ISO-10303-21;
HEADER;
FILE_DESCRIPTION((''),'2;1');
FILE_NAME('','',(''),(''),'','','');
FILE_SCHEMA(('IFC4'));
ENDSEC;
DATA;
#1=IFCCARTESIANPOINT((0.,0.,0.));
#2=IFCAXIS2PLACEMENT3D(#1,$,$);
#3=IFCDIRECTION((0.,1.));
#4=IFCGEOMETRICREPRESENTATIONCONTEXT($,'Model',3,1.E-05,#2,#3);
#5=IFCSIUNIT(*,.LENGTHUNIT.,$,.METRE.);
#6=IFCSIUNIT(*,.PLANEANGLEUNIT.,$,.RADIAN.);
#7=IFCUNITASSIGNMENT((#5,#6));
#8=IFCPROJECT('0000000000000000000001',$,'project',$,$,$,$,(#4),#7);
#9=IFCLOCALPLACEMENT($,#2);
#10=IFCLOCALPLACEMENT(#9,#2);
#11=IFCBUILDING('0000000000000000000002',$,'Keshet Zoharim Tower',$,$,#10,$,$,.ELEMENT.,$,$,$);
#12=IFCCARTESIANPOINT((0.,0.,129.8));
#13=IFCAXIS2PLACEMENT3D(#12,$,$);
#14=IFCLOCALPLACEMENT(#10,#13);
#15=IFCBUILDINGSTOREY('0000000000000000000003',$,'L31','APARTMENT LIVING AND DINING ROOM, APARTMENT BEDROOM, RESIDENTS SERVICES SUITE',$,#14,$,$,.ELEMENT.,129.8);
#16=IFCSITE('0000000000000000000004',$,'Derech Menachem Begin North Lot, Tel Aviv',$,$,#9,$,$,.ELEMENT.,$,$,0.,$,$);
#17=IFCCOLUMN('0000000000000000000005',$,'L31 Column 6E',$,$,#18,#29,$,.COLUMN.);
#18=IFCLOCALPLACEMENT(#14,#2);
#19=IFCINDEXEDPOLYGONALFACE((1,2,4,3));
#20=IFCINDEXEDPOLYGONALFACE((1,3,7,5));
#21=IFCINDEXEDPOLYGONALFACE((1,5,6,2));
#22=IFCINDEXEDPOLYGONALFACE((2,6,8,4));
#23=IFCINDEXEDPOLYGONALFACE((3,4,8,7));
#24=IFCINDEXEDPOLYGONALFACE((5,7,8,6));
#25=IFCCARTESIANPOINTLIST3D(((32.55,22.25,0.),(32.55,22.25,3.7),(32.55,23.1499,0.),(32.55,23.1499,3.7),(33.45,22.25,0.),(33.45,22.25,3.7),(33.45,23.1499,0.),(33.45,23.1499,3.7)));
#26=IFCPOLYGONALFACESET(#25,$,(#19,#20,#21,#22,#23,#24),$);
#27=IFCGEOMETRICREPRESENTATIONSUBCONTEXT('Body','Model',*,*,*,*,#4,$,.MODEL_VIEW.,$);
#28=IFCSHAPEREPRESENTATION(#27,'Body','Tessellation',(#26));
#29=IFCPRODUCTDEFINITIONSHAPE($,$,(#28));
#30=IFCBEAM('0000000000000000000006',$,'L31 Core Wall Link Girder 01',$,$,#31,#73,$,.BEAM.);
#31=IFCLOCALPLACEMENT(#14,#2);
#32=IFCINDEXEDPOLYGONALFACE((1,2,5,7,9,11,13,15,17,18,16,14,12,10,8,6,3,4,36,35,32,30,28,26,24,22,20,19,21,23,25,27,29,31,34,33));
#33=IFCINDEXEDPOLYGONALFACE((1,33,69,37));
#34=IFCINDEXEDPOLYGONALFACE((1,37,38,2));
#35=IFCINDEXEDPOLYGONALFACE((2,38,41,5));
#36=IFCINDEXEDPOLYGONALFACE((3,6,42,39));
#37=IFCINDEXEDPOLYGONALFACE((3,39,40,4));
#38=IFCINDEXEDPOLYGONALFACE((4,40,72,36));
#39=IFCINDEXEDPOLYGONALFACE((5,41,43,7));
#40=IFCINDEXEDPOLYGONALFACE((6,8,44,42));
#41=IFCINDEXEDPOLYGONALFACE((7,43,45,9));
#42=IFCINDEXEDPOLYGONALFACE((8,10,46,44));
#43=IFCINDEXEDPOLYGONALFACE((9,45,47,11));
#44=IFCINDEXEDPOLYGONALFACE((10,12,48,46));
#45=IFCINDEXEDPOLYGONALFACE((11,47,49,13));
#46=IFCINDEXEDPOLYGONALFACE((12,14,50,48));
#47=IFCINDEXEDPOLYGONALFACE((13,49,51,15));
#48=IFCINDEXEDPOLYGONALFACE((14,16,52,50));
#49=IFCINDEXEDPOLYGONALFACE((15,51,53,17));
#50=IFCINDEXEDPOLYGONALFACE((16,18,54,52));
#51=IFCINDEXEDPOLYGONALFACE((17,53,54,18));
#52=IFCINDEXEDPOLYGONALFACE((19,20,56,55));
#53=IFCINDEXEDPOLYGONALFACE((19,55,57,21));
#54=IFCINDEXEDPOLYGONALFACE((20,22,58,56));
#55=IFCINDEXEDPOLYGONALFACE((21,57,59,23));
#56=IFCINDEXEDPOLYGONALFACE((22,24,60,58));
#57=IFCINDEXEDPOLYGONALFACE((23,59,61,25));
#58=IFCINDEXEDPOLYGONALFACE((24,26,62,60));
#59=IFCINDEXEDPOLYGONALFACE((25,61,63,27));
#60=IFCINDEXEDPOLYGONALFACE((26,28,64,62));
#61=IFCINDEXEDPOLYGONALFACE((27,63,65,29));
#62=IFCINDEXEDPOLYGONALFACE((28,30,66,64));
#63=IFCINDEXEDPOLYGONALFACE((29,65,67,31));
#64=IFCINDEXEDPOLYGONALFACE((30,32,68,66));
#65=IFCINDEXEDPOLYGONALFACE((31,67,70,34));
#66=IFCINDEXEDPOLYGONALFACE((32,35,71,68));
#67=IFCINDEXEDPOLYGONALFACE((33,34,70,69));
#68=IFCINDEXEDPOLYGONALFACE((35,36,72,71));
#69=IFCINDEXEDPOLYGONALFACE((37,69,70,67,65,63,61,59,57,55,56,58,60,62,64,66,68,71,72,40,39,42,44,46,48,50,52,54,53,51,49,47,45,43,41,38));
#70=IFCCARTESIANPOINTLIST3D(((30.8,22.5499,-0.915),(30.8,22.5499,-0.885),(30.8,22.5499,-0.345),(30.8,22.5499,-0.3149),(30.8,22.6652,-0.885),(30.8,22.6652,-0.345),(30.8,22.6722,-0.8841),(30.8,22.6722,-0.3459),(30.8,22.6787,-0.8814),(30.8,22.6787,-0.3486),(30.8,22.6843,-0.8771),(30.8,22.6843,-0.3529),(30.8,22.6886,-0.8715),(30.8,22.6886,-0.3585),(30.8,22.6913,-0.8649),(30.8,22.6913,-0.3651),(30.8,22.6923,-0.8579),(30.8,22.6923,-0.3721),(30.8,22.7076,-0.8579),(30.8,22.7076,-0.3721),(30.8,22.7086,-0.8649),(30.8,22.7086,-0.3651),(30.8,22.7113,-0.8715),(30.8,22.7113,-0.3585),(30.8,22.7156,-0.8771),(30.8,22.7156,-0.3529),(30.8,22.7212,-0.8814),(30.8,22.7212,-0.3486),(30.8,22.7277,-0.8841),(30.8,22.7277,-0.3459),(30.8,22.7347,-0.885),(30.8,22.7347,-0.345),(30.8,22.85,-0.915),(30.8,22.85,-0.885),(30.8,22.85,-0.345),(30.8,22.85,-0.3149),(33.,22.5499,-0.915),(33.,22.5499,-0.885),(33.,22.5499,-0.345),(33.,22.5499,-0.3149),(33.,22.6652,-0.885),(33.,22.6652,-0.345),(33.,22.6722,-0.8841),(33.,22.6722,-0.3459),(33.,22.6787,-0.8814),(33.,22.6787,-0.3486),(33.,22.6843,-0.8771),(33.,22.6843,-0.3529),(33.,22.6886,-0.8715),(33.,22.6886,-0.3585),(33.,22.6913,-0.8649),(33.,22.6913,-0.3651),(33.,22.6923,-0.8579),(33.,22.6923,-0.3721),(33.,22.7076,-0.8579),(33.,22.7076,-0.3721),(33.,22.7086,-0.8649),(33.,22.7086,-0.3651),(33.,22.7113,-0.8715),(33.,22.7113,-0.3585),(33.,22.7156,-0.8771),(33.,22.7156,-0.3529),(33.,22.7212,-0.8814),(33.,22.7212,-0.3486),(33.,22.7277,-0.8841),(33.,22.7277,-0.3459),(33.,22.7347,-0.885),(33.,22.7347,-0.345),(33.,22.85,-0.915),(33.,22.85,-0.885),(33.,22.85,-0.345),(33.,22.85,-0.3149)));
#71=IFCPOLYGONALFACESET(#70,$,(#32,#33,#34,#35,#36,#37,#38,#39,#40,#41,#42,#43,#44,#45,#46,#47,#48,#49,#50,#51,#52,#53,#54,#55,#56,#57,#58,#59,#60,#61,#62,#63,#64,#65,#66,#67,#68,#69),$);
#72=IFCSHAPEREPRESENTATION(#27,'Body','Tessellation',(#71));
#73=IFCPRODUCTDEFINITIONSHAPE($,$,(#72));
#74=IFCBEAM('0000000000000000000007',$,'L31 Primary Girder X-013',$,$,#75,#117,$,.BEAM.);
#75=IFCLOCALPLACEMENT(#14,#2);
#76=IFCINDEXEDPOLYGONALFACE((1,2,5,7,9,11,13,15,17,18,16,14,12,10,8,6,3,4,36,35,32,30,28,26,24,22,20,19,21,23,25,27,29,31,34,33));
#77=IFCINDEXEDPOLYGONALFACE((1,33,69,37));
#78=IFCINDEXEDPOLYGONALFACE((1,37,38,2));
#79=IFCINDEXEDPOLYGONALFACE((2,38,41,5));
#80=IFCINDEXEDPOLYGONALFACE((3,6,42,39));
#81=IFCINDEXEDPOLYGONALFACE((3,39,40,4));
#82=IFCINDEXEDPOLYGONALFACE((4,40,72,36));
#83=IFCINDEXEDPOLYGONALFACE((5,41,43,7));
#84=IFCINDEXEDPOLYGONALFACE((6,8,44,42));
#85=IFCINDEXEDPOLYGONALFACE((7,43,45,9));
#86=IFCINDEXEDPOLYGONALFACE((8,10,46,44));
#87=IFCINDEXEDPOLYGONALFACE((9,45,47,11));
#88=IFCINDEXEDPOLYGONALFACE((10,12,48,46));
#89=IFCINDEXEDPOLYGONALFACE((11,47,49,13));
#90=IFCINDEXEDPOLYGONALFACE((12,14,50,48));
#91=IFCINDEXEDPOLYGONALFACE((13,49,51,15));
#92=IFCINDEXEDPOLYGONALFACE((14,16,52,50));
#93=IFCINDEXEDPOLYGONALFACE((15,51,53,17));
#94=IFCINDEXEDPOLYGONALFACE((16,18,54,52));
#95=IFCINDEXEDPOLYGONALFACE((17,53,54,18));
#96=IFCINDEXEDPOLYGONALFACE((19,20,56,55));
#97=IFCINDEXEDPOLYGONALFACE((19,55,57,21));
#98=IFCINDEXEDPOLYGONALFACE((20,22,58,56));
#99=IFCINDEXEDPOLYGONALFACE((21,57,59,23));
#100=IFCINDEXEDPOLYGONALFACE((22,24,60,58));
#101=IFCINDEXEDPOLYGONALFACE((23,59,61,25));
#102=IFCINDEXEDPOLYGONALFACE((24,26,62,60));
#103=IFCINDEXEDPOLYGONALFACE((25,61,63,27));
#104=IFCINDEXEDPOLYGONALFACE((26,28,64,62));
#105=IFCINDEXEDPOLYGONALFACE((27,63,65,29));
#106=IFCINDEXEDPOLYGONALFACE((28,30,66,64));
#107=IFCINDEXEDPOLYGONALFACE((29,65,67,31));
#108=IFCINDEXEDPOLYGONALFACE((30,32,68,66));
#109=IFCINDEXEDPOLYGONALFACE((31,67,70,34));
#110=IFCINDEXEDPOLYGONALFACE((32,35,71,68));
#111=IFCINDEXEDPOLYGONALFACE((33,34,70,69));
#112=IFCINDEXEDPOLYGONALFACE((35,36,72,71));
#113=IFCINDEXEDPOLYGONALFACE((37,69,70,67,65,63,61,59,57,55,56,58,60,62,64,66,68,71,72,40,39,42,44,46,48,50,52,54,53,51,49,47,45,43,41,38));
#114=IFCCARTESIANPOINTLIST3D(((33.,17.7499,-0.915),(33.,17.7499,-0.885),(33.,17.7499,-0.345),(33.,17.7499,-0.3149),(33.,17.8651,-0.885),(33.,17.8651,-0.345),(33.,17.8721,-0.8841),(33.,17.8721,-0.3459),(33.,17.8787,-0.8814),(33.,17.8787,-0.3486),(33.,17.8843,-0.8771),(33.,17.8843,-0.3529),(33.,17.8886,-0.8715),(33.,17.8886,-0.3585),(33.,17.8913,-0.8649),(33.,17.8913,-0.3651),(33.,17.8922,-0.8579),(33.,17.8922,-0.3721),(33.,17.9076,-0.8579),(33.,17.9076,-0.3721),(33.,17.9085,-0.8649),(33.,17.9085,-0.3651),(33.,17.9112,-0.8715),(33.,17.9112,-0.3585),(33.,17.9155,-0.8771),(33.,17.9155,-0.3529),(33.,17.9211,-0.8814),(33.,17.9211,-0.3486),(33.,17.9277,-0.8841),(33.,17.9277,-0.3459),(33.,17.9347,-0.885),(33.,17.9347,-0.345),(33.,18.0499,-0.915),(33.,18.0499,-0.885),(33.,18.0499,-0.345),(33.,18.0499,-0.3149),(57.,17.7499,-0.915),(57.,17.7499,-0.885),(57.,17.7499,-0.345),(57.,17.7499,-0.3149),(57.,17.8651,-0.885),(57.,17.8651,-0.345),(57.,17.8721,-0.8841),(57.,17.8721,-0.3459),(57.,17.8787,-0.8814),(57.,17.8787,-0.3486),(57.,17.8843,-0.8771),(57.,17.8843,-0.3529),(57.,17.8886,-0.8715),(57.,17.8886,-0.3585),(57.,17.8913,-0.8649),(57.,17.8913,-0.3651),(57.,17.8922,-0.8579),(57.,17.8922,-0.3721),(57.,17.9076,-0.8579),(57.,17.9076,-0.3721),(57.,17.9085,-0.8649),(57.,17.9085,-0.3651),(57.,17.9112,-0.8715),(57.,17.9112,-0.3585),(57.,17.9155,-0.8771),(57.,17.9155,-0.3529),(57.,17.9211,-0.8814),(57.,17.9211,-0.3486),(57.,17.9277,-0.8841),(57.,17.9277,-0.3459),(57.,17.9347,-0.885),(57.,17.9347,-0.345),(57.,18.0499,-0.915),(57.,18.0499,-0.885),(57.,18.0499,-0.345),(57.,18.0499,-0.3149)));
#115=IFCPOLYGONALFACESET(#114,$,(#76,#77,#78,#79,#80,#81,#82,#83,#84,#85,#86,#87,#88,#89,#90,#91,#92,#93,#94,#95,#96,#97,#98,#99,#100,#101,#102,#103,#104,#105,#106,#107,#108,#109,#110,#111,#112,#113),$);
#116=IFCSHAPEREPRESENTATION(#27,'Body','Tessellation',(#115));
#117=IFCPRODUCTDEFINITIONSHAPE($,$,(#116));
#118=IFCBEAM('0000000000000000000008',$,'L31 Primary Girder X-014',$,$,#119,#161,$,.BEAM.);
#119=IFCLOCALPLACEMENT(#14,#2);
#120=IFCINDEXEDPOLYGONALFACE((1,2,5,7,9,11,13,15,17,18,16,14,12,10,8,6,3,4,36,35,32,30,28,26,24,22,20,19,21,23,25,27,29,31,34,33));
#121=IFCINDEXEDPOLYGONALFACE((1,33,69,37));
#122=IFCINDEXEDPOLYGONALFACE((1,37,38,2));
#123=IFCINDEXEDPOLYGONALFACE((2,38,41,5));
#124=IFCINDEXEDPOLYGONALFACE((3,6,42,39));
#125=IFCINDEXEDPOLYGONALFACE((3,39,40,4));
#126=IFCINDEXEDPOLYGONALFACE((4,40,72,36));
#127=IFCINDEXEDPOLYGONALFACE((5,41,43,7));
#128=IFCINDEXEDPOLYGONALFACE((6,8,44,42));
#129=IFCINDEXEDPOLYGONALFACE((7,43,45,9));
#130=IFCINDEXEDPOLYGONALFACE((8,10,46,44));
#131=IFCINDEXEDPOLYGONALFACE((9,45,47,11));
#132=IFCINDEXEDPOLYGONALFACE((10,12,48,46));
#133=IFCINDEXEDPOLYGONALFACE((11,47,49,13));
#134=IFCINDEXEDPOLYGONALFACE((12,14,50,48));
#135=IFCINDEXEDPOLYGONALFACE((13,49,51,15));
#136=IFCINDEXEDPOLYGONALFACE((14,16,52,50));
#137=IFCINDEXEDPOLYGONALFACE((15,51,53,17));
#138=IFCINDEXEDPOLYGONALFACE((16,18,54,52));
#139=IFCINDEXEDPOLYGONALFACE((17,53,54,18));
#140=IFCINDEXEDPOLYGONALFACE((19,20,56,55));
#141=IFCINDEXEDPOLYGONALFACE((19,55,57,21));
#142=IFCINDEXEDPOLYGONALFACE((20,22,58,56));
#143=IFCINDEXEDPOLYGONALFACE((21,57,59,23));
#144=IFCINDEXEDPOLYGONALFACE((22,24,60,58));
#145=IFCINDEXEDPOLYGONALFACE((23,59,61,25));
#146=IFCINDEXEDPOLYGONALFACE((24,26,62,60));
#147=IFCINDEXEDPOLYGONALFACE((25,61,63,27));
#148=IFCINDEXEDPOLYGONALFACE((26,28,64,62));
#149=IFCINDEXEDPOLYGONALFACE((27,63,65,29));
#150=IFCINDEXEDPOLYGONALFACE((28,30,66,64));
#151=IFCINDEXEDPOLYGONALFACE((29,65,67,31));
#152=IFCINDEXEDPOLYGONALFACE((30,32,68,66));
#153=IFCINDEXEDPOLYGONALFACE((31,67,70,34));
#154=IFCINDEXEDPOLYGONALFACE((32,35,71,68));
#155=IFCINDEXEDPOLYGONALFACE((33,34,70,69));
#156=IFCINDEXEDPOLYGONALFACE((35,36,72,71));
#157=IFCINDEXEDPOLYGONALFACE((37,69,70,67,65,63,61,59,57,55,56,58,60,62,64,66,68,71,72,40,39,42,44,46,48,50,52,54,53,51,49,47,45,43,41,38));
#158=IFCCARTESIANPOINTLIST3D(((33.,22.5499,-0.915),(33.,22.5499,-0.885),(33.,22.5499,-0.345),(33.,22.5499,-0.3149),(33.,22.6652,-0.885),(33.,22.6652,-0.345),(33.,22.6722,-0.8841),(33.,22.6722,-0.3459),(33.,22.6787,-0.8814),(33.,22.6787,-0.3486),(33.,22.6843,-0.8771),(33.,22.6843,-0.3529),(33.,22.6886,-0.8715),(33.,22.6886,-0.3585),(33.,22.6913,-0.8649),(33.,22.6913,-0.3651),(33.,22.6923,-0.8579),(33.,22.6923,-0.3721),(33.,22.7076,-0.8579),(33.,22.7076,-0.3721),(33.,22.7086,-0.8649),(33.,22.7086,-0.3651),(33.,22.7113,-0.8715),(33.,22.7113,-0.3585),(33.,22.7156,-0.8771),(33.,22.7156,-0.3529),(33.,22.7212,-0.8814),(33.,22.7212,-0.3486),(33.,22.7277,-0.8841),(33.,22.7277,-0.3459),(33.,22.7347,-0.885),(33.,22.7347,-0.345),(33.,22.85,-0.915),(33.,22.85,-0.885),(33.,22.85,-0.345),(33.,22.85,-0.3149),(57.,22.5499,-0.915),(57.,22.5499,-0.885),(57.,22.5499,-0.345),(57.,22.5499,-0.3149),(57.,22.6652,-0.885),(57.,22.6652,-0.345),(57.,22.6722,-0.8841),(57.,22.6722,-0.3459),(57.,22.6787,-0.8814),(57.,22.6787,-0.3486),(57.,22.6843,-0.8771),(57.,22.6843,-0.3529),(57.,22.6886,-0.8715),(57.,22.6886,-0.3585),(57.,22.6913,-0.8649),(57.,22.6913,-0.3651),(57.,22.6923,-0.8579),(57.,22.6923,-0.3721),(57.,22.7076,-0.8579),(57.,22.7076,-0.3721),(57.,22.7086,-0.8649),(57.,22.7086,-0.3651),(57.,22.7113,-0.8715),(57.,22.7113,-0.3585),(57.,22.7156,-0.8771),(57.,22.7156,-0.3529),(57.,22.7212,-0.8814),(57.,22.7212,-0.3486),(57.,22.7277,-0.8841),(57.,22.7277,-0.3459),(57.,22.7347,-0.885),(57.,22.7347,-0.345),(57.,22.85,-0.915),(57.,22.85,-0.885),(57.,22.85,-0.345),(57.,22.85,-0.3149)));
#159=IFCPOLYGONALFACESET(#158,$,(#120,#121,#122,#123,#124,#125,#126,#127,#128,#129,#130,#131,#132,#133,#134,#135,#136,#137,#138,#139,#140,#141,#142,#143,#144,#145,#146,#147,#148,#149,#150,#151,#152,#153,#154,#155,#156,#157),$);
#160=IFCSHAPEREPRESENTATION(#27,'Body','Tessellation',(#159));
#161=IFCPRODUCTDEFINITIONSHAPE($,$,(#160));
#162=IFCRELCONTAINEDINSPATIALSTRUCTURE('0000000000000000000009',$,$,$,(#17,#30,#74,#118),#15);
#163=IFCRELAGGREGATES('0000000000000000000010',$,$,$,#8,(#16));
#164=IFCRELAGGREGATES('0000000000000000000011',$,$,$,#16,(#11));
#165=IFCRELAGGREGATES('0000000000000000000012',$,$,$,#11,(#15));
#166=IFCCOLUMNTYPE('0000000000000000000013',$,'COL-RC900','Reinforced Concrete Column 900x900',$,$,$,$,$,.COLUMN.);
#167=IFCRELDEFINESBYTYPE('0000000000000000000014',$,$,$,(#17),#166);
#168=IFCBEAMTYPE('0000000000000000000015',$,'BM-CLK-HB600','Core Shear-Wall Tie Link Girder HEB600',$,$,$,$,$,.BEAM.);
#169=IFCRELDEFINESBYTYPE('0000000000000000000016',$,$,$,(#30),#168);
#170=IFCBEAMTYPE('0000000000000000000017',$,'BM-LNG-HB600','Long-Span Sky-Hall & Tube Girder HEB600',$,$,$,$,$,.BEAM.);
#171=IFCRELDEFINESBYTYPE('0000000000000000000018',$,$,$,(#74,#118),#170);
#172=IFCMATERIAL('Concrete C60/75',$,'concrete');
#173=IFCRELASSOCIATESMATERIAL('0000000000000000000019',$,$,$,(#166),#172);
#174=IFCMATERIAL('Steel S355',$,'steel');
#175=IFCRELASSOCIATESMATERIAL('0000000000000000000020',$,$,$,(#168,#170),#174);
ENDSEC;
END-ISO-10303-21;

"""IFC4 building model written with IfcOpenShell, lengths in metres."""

from ifc_helpers import new_model, si_unit, direction, frame, origin, origin_2d, place, context, subcontext, project, spatial, rectangle, i_section, extrude, material, material_profile, profile_set, type_object, element, save


model = new_model("IFC4")

# Units and contexts
model_context = context("Model", 3, precision=1e-05, world=origin(), true_north=direction((0.0, 1.0)))
body_context = subcontext(model_context, "Body", "Model", "MODEL_VIEW")
ifc_project = project(units=[si_unit("LENGTHUNIT", "METRE"), si_unit("PLANEANGLEUNIT", "RADIAN")], contexts=[model_context])

# Site, building, storey
site_placement = place(None, origin())
site = spatial("IfcSite", under=ifc_project, at=site_placement, Name="Derech Menachem Begin North Lot, Tel Aviv", CompositionType="ELEMENT", RefElevation=0.0)
building_placement = place(site_placement, origin())
building = spatial("IfcBuilding", under=site, at=building_placement, Name="Keshet Zoharim Tower", CompositionType="ELEMENT")
storey_placement = place(building_placement, frame((0.0, 0.0, 129.8)))
storey = spatial("IfcBuildingStorey", under=building, at=storey_placement, Name="L31", Description="APARTMENT LIVING AND DINING ROOM, APARTMENT BEDROOM, RESIDENTS SERVICES SUITE", CompositionType="ELEMENT", Elevation=129.8)

# Column
ifc_material_1 = material(Name="Concrete C60/75", Category="concrete")
ifc_material_profile_1 = material_profile(ifc_material_1, rectangle(XDim=0.8999, YDim=0.8999, at=origin_2d()), Name="RC900x900")
ifc_profile_set_1 = profile_set([ifc_material_profile_1], Name="Concrete C60/75")
column_type = type_object("IfcColumnType", Name="COL-RC900", Description="Reinforced Concrete Column 900x900", PredefinedType="COLUMN", material=ifc_profile_set_1)
column_placement = place(storey_placement, frame((33.0, 22.7, 0.0), z_axis=(0.0, 0.0, 1.0), x_axis=(1.0, 0.0, 0.0)))
element("IfcColumn", 1, at=column_placement, inside=storey, type_object=column_type, Name="L31 Column 6E", PredefinedType="COLUMN", context=body_context, shape_type="SweptSolid", body=[
    extrude(rectangle(XDim=0.8999, YDim=0.8999, at=origin_2d()), origin(), (0.0, 0.0, 1.0), 3.7),
])

# Beams
ifc_material_2 = material(Name="Steel S355", Category="steel")
ifc_material_profile_2 = material_profile(ifc_material_2, i_section(OverallWidth=0.3, OverallDepth=0.6001, WebThickness=0.0154, FlangeThickness=0.03, FilletRadius=0.0271, at=origin_2d()), Name="HEB600")
ifc_profile_set_2 = profile_set([ifc_material_profile_2], Name="Steel S355")
beam_type_1 = type_object("IfcBeamType", Name="BM-CLK-HB600", Description="Core Shear-Wall Tie Link Girder HEB600", PredefinedType="BEAM", material=ifc_profile_set_2)
beam_1_placement = place(storey_placement, frame((30.8, 22.7, -0.615), z_axis=(1.0, 0.0, 0.0), x_axis=(0.0, 1.0, 0.0)))
element("IfcBeam", 2, at=beam_1_placement, inside=storey, type_object=beam_type_1, Name="L31 Core Wall Link Girder 01", PredefinedType="BEAM", context=body_context, shape_type="SweptSolid", body=[
    extrude(i_section(OverallWidth=0.3, OverallDepth=0.6001, WebThickness=0.0154, FlangeThickness=0.03, FilletRadius=0.0271, at=origin_2d()), origin(), (0.0, 0.0, 1.0), 2.2),
])
ifc_material_profile_3 = material_profile(ifc_material_2, i_section(OverallWidth=0.3, OverallDepth=0.6001, WebThickness=0.0154, FlangeThickness=0.03, FilletRadius=0.0271, at=origin_2d()), Name="HEB600")
ifc_profile_set_3 = profile_set([ifc_material_profile_3], Name="Steel S355")
beam_type_2 = type_object("IfcBeamType", Name="BM-LNG-HB600", Description="Long-Span Sky-Hall & Tube Girder HEB600", PredefinedType="BEAM", material=ifc_profile_set_3)
for number, where, z_axis, x_axis, name in (
    (3, (33.0, 17.8999, -0.615), (1.0, 0.0, 0.0), (0.0, 1.0, 0.0), "L31 Primary Girder X-013"),
    (4, (33.0, 22.7, -0.615), (1.0, 0.0, 0.0), (0.0, 1.0, 0.0), "L31 Primary Girder X-014"),
):
    element("IfcBeam", number, at=place(storey_placement, frame(where, z_axis=z_axis, x_axis=x_axis)), inside=storey, type_object=beam_type_2, Name=name, PredefinedType="BEAM", context=body_context, shape_type="SweptSolid", body=[
        extrude(i_section(OverallWidth=0.3, OverallDepth=0.6001, WebThickness=0.0154, FlangeThickness=0.03, FilletRadius=0.0271, at=origin_2d()), origin(), (0.0, 0.0, 1.0), 24.0),
    ])

save(model, "model.ifc")
